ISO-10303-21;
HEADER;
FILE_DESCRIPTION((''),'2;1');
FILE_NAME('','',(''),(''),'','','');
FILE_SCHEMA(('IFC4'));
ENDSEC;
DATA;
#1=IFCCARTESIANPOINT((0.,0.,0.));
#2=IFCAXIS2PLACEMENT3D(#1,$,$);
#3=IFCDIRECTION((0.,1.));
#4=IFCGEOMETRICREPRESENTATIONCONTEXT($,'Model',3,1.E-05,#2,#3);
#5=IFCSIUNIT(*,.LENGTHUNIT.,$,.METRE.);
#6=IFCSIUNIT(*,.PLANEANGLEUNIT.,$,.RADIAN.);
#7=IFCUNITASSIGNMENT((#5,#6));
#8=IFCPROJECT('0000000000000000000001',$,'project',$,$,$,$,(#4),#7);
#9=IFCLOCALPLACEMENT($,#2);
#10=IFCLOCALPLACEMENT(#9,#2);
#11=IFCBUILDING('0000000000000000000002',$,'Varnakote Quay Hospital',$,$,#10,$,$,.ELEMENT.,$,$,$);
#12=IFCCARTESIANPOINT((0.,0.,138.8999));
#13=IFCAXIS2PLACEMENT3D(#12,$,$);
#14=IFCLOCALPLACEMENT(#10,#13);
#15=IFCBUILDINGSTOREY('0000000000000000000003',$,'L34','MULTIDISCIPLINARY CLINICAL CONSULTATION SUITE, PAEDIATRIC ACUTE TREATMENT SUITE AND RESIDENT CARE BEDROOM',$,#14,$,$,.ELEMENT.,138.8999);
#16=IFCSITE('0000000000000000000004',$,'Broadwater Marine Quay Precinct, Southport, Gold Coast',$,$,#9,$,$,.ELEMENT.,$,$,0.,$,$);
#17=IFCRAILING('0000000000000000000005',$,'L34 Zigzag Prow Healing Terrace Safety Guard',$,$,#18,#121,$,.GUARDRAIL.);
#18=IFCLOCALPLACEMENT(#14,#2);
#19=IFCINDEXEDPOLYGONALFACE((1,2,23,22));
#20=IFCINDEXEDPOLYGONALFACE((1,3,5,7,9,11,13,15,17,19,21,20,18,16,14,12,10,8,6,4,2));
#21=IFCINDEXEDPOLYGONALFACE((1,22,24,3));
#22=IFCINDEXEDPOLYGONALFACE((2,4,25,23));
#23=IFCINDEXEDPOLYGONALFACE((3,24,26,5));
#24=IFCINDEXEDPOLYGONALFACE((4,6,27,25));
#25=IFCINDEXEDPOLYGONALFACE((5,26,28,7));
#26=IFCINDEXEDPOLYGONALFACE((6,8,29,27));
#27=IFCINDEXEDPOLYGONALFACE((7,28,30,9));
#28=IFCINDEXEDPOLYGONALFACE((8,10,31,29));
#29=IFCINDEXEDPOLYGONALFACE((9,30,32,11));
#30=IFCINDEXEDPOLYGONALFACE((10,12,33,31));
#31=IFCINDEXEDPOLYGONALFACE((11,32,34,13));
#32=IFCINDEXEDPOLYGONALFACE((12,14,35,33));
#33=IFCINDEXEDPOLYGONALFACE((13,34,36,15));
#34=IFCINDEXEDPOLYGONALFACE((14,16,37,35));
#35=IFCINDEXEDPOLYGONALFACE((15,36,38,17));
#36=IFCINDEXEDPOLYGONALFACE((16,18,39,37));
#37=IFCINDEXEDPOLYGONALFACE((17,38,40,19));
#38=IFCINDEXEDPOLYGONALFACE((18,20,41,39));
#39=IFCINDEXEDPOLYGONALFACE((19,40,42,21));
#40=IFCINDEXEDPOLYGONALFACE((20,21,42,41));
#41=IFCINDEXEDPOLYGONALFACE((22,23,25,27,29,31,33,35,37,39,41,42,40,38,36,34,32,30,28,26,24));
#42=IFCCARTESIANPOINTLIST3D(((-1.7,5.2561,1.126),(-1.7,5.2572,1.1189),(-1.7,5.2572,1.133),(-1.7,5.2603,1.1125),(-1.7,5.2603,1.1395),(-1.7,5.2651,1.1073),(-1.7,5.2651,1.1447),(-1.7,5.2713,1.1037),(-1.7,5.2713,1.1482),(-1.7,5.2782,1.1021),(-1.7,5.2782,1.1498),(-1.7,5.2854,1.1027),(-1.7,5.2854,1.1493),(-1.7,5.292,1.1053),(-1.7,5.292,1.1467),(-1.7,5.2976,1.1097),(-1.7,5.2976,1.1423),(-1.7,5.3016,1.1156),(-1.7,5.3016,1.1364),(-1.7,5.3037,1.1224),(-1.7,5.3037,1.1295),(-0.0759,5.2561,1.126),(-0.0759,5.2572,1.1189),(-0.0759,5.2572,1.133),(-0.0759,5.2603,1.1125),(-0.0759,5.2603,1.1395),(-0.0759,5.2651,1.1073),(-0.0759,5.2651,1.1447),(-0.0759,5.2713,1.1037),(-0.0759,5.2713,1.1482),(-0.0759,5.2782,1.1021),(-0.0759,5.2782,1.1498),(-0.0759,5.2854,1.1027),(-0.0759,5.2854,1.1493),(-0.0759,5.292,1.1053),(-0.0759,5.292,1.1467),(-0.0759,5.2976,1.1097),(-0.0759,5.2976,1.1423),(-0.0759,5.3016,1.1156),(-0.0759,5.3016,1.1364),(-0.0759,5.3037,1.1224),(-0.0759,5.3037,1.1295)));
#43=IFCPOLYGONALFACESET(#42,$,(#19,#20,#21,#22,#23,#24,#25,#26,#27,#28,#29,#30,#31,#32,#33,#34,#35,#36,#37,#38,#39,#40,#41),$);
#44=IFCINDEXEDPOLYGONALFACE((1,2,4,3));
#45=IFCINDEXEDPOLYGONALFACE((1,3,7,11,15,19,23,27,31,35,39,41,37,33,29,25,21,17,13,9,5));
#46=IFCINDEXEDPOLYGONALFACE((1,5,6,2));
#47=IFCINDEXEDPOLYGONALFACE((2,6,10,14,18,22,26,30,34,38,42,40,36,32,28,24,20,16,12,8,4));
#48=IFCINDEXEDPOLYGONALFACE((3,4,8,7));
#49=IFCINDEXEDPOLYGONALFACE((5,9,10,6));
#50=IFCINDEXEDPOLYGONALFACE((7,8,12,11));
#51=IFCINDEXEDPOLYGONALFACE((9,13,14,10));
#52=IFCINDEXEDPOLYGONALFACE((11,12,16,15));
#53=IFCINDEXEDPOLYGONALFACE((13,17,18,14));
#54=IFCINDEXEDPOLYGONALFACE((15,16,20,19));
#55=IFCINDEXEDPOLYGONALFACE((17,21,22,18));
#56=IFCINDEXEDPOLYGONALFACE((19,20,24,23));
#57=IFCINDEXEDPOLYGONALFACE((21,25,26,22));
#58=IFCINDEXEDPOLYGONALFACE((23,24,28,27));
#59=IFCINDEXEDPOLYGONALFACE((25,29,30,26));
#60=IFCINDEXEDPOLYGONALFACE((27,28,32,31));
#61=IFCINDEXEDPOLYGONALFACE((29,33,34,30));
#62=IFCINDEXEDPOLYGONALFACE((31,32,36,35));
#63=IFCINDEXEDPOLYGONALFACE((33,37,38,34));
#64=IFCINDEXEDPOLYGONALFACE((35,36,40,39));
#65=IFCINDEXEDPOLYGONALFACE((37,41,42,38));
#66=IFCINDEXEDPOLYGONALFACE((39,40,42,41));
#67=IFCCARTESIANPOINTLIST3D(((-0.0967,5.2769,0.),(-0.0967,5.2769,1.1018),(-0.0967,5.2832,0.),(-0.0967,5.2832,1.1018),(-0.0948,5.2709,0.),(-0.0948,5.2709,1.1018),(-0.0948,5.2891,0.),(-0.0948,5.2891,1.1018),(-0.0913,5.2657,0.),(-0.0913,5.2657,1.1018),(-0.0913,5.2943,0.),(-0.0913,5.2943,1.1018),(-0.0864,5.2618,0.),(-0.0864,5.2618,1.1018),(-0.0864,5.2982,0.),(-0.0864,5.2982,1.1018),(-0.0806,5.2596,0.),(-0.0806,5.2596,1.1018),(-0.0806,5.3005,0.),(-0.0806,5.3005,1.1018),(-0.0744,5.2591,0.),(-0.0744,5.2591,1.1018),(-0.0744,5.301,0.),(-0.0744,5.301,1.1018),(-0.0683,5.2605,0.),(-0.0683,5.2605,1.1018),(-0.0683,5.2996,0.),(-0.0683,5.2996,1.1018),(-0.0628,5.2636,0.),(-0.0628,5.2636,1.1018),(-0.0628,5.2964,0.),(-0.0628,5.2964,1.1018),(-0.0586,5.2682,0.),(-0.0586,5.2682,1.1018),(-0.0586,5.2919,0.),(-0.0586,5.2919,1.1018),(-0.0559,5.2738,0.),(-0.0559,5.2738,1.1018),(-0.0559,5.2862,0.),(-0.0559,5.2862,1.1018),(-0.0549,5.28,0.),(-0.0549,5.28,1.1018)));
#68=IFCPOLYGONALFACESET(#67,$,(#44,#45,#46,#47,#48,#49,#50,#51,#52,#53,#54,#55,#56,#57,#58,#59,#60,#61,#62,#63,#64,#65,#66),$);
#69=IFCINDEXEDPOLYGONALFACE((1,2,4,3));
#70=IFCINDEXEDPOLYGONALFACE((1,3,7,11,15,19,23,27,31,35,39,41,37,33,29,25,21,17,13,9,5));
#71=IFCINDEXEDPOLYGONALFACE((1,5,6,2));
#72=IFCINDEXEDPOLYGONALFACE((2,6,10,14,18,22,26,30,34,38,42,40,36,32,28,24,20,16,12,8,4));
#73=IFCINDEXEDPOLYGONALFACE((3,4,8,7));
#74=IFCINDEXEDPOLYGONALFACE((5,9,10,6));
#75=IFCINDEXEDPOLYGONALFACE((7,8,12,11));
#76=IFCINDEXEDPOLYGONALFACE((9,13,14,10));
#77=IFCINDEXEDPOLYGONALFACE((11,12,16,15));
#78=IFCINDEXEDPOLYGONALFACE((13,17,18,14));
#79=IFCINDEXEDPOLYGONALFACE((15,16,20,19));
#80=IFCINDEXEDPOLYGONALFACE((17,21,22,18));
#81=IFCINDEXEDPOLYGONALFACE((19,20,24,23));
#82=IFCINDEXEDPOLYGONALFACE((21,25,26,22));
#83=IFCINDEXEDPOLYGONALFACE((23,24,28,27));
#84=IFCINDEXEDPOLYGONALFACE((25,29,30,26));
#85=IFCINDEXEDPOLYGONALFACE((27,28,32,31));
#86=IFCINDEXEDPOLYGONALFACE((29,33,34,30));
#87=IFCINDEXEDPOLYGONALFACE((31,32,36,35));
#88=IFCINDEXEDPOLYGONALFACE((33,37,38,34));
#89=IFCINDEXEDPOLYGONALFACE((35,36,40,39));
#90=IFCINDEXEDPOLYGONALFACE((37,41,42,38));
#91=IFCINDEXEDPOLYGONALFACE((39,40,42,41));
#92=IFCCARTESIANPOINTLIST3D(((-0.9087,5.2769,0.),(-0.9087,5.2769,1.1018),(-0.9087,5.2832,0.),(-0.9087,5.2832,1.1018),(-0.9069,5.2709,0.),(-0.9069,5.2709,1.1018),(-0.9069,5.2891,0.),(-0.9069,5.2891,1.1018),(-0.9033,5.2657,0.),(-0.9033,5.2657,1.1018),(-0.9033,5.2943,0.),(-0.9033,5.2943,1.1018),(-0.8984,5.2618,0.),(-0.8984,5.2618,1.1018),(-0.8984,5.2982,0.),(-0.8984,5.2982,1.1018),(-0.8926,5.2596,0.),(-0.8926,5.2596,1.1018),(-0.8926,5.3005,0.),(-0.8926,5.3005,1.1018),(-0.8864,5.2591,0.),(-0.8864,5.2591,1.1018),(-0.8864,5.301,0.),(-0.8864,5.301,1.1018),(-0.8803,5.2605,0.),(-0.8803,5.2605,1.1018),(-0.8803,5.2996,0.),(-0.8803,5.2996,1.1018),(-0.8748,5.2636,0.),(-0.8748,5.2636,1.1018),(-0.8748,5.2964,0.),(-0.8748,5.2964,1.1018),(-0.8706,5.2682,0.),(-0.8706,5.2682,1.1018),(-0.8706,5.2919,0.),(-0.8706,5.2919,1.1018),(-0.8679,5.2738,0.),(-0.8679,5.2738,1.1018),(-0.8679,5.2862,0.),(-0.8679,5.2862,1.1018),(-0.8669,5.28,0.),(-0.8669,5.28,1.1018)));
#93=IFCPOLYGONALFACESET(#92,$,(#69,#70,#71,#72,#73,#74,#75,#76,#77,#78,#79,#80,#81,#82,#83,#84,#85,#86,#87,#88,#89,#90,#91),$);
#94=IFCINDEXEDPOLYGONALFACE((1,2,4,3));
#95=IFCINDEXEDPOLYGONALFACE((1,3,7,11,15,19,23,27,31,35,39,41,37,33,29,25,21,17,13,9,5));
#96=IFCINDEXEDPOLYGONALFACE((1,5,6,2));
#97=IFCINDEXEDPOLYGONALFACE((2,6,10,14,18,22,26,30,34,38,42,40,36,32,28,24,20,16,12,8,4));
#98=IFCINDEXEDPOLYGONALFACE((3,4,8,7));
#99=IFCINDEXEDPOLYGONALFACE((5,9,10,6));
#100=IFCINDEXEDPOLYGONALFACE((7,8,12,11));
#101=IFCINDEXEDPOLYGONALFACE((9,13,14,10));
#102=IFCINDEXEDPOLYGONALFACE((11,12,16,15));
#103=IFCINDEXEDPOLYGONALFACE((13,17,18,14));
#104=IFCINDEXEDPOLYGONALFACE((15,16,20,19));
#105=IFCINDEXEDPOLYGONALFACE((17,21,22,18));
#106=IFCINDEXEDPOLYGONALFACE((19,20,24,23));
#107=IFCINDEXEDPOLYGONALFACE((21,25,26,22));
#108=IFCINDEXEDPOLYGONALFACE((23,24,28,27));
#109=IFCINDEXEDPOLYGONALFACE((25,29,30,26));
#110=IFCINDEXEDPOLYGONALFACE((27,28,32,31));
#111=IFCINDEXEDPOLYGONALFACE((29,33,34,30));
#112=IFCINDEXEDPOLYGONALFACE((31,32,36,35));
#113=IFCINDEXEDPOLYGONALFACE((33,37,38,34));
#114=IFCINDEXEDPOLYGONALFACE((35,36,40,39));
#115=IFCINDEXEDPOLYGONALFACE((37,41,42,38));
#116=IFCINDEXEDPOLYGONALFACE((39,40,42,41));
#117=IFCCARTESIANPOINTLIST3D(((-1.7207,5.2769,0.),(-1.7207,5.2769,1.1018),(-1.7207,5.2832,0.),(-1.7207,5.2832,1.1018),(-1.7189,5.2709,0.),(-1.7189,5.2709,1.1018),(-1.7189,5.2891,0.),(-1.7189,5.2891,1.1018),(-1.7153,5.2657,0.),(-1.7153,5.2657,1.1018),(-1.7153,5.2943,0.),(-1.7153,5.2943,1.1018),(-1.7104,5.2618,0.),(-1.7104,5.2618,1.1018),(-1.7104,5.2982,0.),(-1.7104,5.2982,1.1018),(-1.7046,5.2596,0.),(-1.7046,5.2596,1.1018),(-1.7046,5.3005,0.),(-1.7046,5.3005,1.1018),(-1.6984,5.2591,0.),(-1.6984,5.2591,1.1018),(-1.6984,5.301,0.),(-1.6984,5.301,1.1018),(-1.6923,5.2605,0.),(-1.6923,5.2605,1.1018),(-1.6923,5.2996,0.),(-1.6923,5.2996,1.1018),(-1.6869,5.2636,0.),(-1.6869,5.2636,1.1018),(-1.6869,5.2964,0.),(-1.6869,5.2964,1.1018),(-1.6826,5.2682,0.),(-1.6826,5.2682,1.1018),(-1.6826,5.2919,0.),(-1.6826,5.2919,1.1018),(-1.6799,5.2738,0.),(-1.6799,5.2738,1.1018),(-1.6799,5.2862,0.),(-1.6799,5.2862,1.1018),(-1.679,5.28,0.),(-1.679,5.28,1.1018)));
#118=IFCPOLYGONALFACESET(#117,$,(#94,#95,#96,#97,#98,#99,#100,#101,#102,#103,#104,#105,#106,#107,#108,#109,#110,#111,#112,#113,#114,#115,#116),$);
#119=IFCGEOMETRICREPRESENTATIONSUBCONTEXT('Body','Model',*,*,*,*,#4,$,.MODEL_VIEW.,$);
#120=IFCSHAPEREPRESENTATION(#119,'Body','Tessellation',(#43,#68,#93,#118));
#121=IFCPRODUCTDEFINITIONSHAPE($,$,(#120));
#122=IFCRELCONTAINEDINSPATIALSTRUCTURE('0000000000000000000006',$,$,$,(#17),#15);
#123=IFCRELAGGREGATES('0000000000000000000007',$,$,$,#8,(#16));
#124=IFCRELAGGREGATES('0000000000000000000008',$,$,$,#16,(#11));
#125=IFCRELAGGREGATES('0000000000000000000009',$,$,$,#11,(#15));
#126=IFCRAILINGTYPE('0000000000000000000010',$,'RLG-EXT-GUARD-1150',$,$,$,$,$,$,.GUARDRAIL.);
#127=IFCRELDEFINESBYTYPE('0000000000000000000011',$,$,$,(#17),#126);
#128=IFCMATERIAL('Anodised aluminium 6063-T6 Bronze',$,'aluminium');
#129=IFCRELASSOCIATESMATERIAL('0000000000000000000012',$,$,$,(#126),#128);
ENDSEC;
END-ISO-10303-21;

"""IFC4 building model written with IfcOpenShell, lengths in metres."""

from ifc_helpers import new_model, si_unit, direction, frame, origin, origin_2d, place, context, subcontext, project, spatial, circle, extrude, material, type_object, element, save


model = new_model("IFC4")

# Units and contexts
model_context = context("Model", 3, precision=1e-05, world=origin(), true_north=direction((0.0, 1.0)))
body_context = subcontext(model_context, "Body", "Model", "MODEL_VIEW")
ifc_project = project(units=[si_unit("LENGTHUNIT", "METRE"), si_unit("PLANEANGLEUNIT", "RADIAN")], contexts=[model_context])

# Site, building, storey
site_placement = place(None, origin())
site = spatial("IfcSite", under=ifc_project, at=site_placement, Name="Broadwater Marine Quay Precinct, Southport, Gold Coast", CompositionType="ELEMENT", RefElevation=0.0)
building_placement = place(site_placement, origin())
building = spatial("IfcBuilding", under=site, at=building_placement, Name="Varnakote Quay Hospital", CompositionType="ELEMENT")
storey_placement = place(building_placement, frame((0.0, 0.0, 138.8999)))
storey = spatial("IfcBuildingStorey", under=building, at=storey_placement, Name="L34", Description="MULTIDISCIPLINARY CLINICAL CONSULTATION SUITE, PAEDIATRIC ACUTE TREATMENT SUITE AND RESIDENT CARE BEDROOM", CompositionType="ELEMENT", Elevation=138.8999)

# Railing
ifc_material_1 = material(Name="Anodised aluminium 6063-T6 Bronze", Category="aluminium")
railing_type = type_object("IfcRailingType", Name="RLG-EXT-GUARD-1150", PredefinedType="GUARDRAIL", material=ifc_material_1)
railing_1_placement = place(storey_placement, frame((-0.0759, 5.28, 0.0)))
element("IfcRailing", 1, at=railing_1_placement, inside=storey, type_object=railing_type, Name="L34 Zigzag Prow Healing Terrace Safety Guard", PredefinedType="GUARDRAIL", context=body_context, shape_type="SweptSolid", body=[
    extrude(circle(Radius=0.0239, at=origin_2d()), frame((0.0, 0.0, 1.126), z_axis=(-1.0, 0.0, 0.0), x_axis=(0.0, -1.0, 0.0)), (0.0, 0.0, 1.0), 1.624),
    extrude(circle(Radius=0.021, at=origin_2d()), origin(), (0.0, 0.0, 1.0), 1.1018),
    extrude(circle(Radius=0.021, at=origin_2d()), frame((-0.812, 0.0, 0.0)), (0.0, 0.0, 1.0), 1.1018),
    extrude(circle(Radius=0.021, at=origin_2d()), frame((-1.624, 0.0, 0.0)), (0.0, 0.0, 1.0), 1.1018),
])

save(model, "model.ifc")
